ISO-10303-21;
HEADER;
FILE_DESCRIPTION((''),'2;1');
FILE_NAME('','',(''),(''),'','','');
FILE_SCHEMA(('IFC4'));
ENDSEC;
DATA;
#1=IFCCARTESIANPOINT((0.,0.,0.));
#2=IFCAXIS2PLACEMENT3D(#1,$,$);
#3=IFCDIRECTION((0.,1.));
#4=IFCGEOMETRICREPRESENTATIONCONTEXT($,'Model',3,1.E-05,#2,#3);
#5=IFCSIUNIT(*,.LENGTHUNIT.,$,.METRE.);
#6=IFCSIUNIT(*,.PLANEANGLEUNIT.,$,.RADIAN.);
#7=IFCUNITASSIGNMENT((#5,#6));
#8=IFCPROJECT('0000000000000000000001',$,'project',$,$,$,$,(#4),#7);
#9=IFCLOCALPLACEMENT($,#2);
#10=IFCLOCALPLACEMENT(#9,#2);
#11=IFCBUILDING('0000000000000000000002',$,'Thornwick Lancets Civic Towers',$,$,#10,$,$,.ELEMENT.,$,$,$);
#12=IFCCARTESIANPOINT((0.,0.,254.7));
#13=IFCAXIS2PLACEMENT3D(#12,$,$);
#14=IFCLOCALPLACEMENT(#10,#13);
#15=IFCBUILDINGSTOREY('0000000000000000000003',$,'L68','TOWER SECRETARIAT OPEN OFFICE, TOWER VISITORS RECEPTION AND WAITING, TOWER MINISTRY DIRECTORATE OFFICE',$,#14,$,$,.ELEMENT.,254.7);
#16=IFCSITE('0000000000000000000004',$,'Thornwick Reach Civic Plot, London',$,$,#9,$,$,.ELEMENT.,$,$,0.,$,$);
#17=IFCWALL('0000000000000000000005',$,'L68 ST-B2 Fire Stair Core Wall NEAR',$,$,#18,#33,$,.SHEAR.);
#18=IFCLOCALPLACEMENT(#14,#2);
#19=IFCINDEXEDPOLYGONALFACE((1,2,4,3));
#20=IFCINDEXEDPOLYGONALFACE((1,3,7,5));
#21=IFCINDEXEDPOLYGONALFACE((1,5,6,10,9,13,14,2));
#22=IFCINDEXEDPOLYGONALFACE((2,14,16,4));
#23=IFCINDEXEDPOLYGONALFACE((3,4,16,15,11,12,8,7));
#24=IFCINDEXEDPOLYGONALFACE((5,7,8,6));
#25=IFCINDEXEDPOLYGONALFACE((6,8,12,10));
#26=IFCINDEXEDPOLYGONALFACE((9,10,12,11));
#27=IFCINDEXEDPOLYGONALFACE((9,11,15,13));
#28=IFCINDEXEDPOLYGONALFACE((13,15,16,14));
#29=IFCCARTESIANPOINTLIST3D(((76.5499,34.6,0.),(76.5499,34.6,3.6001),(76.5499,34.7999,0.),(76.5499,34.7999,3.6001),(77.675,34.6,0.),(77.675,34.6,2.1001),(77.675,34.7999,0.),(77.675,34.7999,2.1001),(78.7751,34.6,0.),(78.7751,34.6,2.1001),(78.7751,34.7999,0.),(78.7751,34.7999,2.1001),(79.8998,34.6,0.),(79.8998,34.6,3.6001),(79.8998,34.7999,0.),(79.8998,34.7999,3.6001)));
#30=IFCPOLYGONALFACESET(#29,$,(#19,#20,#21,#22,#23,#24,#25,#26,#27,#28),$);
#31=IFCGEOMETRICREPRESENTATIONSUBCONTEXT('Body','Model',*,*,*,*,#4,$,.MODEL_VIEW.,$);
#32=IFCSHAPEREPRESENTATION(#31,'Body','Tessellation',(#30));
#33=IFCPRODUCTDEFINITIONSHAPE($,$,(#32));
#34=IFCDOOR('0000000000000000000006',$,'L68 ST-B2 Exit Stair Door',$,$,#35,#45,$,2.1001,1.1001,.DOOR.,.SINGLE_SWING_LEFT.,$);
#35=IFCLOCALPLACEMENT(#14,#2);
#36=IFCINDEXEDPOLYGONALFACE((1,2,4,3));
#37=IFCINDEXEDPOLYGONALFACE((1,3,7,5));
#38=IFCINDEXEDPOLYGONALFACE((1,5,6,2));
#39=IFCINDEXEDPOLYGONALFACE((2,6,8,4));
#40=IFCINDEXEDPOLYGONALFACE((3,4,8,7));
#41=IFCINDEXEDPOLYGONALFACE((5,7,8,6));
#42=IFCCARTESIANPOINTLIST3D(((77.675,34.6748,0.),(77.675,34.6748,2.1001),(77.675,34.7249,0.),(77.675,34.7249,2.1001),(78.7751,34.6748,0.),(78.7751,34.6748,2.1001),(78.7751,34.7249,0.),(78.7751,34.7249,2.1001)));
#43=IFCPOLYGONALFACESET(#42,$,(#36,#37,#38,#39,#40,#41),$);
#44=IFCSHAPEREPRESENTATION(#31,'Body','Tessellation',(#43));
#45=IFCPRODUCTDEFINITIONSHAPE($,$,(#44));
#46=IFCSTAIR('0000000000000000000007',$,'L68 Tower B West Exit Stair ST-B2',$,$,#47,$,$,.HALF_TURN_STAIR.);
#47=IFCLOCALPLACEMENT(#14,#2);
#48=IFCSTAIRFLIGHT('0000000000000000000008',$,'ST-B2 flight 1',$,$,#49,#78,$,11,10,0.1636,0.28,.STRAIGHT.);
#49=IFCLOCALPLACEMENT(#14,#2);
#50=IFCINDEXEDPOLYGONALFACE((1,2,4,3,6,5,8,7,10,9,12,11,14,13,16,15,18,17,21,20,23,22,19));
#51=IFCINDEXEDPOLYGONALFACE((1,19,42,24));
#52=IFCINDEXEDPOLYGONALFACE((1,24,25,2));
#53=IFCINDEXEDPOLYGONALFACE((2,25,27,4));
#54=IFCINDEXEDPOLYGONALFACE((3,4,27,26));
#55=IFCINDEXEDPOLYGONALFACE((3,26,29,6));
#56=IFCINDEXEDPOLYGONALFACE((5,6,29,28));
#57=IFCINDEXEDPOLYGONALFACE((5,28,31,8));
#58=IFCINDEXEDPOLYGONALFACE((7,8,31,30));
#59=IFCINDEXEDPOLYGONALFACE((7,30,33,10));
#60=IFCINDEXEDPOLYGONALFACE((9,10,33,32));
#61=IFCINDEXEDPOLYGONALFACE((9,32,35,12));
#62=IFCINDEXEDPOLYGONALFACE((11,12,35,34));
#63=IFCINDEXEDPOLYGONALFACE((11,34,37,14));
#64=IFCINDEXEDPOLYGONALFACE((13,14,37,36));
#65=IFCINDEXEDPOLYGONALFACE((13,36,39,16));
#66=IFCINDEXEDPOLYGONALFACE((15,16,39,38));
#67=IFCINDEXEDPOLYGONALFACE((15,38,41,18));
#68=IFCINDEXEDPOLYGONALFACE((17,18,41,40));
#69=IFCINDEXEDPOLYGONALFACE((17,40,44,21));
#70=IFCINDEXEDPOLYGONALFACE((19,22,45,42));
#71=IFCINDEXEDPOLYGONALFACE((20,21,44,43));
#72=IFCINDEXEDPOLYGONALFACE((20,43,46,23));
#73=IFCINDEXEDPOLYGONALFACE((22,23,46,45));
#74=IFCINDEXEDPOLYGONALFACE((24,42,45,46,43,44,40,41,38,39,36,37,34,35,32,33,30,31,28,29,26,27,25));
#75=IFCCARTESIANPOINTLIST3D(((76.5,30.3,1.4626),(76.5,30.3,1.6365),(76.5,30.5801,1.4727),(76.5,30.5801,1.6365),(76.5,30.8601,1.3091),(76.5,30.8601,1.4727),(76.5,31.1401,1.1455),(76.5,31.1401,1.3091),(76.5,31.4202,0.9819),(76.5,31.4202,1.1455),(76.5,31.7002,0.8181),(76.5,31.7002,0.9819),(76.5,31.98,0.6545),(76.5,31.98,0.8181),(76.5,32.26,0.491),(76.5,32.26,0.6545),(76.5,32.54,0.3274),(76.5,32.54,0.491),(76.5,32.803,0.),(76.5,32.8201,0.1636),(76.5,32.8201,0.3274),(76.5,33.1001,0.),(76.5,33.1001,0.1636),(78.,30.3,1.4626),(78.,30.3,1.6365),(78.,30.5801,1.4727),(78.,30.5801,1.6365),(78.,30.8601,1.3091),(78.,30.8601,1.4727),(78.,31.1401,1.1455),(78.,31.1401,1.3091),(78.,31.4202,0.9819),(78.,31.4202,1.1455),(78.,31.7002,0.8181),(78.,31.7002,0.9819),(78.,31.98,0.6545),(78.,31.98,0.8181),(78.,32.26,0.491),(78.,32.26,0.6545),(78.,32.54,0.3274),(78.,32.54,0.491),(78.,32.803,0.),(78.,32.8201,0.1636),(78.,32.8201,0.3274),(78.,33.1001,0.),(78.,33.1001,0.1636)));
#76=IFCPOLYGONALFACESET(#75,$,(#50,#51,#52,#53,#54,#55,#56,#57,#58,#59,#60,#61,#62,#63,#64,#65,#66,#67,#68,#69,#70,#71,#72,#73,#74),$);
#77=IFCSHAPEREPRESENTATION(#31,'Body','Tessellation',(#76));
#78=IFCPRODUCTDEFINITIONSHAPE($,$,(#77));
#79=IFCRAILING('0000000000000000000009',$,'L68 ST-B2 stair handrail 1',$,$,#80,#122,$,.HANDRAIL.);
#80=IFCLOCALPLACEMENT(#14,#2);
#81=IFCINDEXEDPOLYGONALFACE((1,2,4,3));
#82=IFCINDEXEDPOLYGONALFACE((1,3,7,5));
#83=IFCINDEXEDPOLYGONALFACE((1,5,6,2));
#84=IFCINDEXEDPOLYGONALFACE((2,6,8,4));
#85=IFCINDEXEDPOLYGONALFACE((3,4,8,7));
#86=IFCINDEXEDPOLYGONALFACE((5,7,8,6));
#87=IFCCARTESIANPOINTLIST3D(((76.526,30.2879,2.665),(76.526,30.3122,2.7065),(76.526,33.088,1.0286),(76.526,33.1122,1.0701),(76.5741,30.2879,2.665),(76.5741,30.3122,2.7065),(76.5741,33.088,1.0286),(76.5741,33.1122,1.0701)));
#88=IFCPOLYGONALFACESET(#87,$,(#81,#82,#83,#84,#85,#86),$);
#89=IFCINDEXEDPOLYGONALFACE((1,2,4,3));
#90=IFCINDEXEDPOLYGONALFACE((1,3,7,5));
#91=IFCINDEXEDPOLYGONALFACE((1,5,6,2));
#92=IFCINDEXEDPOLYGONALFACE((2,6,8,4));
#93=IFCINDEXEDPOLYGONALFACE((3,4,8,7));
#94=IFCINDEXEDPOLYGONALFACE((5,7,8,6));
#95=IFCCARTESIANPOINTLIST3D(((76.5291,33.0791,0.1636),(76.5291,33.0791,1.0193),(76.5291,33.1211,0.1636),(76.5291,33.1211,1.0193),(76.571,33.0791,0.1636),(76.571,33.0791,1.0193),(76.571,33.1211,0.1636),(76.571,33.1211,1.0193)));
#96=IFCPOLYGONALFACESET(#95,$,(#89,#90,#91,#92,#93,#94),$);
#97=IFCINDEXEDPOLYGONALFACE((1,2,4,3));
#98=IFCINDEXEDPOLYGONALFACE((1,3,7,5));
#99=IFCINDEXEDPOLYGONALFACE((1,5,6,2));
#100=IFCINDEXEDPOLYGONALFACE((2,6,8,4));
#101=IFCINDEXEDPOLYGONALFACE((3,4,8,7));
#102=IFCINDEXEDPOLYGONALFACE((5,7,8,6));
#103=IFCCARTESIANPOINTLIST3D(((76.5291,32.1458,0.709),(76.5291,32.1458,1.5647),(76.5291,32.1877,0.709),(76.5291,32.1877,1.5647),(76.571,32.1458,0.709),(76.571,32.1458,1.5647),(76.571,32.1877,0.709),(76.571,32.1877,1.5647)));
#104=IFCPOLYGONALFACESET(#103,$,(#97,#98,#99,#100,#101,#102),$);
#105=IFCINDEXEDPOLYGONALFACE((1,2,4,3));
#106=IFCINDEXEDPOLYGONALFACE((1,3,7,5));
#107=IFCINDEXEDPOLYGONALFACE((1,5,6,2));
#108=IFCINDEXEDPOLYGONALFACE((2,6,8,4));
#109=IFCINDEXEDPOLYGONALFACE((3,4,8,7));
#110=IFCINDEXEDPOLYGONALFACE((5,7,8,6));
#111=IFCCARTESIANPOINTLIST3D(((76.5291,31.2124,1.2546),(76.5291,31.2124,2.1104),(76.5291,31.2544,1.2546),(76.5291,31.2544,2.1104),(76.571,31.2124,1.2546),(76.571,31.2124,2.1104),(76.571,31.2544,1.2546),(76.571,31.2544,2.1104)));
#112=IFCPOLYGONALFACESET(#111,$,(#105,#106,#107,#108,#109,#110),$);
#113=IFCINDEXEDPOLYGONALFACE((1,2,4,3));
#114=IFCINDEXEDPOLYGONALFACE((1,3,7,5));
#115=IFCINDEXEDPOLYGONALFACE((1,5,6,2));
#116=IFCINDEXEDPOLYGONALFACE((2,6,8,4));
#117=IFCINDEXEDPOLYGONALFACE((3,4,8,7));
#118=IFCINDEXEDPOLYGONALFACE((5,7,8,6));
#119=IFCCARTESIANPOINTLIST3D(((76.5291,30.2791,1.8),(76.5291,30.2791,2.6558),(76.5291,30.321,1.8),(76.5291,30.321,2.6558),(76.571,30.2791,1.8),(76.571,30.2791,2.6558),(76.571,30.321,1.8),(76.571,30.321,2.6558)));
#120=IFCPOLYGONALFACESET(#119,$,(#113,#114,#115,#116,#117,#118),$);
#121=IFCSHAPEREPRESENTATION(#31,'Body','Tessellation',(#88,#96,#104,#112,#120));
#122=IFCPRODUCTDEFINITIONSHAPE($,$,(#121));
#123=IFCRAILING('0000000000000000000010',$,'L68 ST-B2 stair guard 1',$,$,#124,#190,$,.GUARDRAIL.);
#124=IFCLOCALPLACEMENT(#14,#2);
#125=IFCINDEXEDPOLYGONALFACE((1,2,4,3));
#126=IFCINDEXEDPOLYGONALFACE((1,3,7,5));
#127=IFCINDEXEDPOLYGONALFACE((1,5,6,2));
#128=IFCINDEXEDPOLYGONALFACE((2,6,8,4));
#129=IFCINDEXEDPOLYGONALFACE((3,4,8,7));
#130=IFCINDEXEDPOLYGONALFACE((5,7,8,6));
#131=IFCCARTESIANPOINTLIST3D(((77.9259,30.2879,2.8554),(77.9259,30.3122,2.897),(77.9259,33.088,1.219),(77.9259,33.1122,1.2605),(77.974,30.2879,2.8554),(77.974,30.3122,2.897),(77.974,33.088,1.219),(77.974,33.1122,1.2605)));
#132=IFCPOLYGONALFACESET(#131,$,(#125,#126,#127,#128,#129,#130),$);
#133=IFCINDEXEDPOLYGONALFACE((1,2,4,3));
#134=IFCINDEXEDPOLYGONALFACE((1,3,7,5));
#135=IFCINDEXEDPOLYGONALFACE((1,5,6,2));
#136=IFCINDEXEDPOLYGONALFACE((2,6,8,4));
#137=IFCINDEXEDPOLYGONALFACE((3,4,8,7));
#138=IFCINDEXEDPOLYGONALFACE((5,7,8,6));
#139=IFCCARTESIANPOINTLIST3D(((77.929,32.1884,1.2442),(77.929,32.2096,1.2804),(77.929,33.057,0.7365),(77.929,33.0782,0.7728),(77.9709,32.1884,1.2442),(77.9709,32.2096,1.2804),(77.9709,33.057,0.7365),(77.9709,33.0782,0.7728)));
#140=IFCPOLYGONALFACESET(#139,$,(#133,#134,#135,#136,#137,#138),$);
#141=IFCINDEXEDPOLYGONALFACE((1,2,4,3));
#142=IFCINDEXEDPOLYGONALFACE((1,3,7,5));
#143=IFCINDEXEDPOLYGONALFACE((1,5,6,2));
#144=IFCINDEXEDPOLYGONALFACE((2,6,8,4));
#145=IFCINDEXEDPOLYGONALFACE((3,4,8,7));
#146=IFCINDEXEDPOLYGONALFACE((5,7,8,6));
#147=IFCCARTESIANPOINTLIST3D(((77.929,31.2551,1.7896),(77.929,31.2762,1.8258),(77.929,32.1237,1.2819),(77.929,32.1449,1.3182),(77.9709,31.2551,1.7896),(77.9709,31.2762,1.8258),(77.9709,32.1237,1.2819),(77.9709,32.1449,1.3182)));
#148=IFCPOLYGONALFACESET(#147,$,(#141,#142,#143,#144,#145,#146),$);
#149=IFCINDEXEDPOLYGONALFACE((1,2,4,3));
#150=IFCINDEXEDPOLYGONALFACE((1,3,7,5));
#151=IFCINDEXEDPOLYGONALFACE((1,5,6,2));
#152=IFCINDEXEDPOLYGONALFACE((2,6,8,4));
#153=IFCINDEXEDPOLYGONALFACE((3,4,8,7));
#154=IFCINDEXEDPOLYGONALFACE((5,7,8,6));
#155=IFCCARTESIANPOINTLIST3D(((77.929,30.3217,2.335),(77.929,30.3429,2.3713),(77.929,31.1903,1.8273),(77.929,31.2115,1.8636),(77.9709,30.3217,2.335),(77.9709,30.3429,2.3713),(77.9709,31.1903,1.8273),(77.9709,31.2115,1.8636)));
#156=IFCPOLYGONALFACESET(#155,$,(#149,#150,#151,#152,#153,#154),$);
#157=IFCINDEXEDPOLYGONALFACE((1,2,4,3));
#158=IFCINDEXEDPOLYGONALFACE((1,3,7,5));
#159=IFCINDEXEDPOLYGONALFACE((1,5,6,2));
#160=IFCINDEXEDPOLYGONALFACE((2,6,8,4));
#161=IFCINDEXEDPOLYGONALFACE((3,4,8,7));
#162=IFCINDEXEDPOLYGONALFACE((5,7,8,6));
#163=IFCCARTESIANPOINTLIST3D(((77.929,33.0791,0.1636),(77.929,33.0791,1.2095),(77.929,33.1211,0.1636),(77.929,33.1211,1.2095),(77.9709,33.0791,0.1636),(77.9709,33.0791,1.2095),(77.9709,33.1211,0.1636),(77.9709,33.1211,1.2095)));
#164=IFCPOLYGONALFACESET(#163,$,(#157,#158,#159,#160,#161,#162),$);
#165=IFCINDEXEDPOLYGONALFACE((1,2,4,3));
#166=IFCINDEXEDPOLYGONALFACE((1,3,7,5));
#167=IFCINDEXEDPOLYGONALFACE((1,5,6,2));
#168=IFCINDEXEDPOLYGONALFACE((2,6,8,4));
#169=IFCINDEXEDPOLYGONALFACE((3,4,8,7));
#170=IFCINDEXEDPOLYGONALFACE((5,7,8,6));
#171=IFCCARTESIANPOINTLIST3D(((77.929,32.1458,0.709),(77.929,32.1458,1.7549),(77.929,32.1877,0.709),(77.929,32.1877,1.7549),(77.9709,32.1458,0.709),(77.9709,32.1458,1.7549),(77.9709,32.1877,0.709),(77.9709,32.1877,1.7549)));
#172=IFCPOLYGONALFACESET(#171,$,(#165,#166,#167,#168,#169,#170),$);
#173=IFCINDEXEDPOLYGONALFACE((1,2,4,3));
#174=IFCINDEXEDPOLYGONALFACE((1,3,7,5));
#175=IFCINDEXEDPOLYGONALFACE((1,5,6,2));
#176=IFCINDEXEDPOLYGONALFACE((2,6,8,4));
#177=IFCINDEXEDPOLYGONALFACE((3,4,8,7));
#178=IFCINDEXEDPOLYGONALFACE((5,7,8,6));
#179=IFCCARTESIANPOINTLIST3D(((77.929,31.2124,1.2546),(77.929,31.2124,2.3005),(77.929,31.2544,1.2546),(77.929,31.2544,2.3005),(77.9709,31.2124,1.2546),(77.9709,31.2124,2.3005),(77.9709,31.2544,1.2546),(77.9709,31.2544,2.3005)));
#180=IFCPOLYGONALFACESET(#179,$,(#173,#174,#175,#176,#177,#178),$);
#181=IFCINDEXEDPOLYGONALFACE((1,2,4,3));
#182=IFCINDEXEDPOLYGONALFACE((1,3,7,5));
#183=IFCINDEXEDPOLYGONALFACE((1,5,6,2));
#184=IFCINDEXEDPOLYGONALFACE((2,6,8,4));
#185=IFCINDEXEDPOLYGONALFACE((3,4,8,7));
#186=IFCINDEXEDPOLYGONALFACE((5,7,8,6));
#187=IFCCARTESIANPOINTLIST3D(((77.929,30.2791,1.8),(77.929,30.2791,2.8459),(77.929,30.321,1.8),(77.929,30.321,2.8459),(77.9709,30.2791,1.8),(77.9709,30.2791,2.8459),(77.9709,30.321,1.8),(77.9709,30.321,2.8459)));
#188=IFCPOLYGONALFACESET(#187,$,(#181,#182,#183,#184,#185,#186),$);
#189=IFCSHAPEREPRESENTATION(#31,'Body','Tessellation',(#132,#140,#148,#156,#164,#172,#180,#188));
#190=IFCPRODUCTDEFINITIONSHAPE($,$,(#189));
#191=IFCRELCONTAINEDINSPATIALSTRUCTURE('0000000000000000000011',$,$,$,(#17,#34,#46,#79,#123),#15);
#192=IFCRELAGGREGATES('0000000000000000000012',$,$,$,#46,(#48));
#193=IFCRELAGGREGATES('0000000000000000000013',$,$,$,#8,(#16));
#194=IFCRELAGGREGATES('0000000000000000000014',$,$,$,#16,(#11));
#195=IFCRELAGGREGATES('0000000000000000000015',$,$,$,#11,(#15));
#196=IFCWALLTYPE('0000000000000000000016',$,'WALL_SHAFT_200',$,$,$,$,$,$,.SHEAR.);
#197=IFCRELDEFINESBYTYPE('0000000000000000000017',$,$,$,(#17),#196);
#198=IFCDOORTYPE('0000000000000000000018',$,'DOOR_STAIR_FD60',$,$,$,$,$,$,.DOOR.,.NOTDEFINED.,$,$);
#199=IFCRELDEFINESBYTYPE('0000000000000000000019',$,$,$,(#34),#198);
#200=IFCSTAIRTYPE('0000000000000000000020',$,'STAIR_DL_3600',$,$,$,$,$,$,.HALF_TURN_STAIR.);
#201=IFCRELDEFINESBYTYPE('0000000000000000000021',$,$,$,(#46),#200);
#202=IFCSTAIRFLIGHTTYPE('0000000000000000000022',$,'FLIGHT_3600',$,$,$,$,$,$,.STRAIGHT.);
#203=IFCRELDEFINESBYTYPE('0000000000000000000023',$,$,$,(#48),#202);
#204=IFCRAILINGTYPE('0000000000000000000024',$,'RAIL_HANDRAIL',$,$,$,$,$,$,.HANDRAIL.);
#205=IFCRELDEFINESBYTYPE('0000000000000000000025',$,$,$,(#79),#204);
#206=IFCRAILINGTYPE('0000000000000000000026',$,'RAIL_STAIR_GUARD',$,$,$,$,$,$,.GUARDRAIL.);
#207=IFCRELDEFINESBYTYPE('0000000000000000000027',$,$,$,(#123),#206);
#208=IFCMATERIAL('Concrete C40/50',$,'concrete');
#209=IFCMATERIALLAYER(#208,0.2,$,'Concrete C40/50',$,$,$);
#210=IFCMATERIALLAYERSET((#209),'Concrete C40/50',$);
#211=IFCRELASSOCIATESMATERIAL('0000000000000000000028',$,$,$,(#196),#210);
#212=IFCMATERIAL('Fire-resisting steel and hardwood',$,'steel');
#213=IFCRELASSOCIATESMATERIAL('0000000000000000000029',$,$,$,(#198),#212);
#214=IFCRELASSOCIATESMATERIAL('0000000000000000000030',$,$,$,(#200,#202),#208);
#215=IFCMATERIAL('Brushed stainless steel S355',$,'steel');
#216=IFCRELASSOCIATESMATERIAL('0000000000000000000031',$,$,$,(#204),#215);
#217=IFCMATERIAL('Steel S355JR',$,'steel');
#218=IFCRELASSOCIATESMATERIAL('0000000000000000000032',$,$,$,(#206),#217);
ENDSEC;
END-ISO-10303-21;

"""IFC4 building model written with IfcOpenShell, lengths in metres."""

from ifc_helpers import new_model, si_unit, direction, frame, frame_2d, origin, origin_2d, place, context, subcontext, project, spatial, polyline, rectangle, outline, extrude, material, layer, layer_set, type_object, element, fill, aggregate, save


model = new_model("IFC4")

# Units and contexts
model_context = context("Model", 3, precision=1e-05, world=origin(), true_north=direction((0.0, 1.0)))
body_context = subcontext(model_context, "Body", "Model", "MODEL_VIEW")
ifc_project = project(units=[si_unit("LENGTHUNIT", "METRE"), si_unit("PLANEANGLEUNIT", "RADIAN")], contexts=[model_context])

# Site, building, storey
site_placement = place(None, origin())
site = spatial("IfcSite", under=ifc_project, at=site_placement, Name="Thornwick Reach Civic Plot, London", CompositionType="ELEMENT", RefElevation=0.0)
building_placement = place(site_placement, origin())
building = spatial("IfcBuilding", under=site, at=building_placement, Name="Thornwick Lancets Civic Towers", CompositionType="ELEMENT")
storey_placement = place(building_placement, frame((0.0, 0.0, 254.7)))
storey = spatial("IfcBuildingStorey", under=building, at=storey_placement, Name="L68", Description="TOWER SECRETARIAT OPEN OFFICE, TOWER VISITORS RECEPTION AND WAITING, TOWER MINISTRY DIRECTORATE OFFICE", CompositionType="ELEMENT", Elevation=254.7)

# Shared definitions
ifc_material_1 = material(Name="Steel S355JR", Category="steel")

# Shared definitions
ifc_material_2 = material(Name="Concrete C40/50", Category="concrete")

# Wall, opening, door
ifc_layer_1 = layer(ifc_material_2, 0.2, Name="Concrete C40/50")
ifc_layer_set_1 = layer_set([ifc_layer_1], Name="Concrete C40/50")
wall_type_1 = type_object("IfcWallType", Name="WALL_SHAFT_200", PredefinedType="SHEAR", material=ifc_layer_set_1)
wall_1_placement = place(storey_placement, frame((76.55, 34.7, 0.0), z_axis=(0.0, 0.0, 1.0), x_axis=(1.0, 0.0, 0.0)))
wall_1 = element("IfcWall", 1, at=wall_1_placement, inside=storey, type_object=wall_type_1, Name="L68 ST-B2 Fire Stair Core Wall NEAR", PredefinedType="SHEAR", context=body_context, shape_type="SweptSolid", body=[
    extrude(rectangle(XDim=3.3499, YDim=0.2, at=frame_2d((1.6748, 0.0))), origin(), (0.0, 0.0, 1.0), 3.6001),
])
opening_1_placement = place(wall_1_placement, frame((1.125, 0.0, 0.0)))
opening_1 = element("IfcOpeningElement", 2, at=opening_1_placement, cuts=wall_1, PredefinedType="OPENING", context=body_context, shape_type="SweptSolid", body=[
    extrude(rectangle(XDim=1.1001, YDim=2.1001, at=frame_2d((0.55, 1.05))), frame((0.0, 0.1099, 0.0), z_axis=(0.0, -1.0, 0.0), x_axis=(1.0, 0.0, 0.0)), (0.0, 0.0, 1.0), 0.22),
])
ifc_material_3 = material(Name="Fire-resisting steel and hardwood", Category="steel")
door_type = type_object("IfcDoorType", Name="DOOR_STAIR_FD60", OperationType="NOTDEFINED", PredefinedType="DOOR", material=ifc_material_3)
door_placement = place(opening_1_placement, origin())
door = element("IfcDoor", 3, at=door_placement, inside=storey, type_object=door_type, Name="L68 ST-B2 Exit Stair Door", OperationType="SINGLE_SWING_LEFT", OverallHeight=2.1001, OverallWidth=1.1001, PredefinedType="DOOR", context=body_context, shape_type="SweptSolid", body=[
    extrude(rectangle(XDim=1.1001, YDim=2.1001, at=frame_2d((0.55, 1.05))), frame((0.0, 0.0249, 0.0), z_axis=(0.0, -1.0, 0.0), x_axis=(1.0, 0.0, 0.0)), (0.0, 0.0, 1.0), 0.05),
])
fill(opening_1, door)

# Stair, stair flight
stair_type = type_object("IfcStairType", Name="STAIR_DL_3600", PredefinedType="HALF_TURN_STAIR", material=ifc_material_2)
stair_placement = place(storey_placement, origin())
stair = element("IfcStair", 4, at=stair_placement, inside=storey, type_object=stair_type, Name="L68 Tower B West Exit Stair ST-B2", PredefinedType="HALF_TURN_STAIR")
stair_flight_type = type_object("IfcStairFlightType", Name="FLIGHT_3600", PredefinedType="STRAIGHT", material=ifc_material_2)
stair_flight_placement = place(storey_placement, frame((77.25, 33.1001, 0.0), z_axis=(0.0, 0.0, 1.0), x_axis=(0.0, -1.0, 0.0)))
stair_flight = element("IfcStairFlight", 5, at=stair_flight_placement, type_object=stair_flight_type, Name="ST-B2 flight 1", NumberOfRisers=11, NumberOfTreads=10, PredefinedType="STRAIGHT", RiserHeight=0.1636, TreadLength=0.28, context=body_context, shape_type="SweptSolid", body=[
    extrude(outline(polyline([(0.0, 0.0), (0.0, 0.1636), (0.28, 0.1636), (0.28, 0.3274), (0.5601, 0.3274), (0.5601, 0.491), (0.8401, 0.491), (0.8401, 0.6545), (1.1201, 0.6545), (1.1201, 0.8181), (1.3999, 0.8181), (1.3999, 0.9819), (1.6799, 0.9819), (1.6799, 1.1455), (1.96, 1.1455), (1.96, 1.3091), (2.24, 1.3091), (2.24, 1.4727), (2.52, 1.4727), (2.52, 1.6365), (2.8, 1.6365), (2.8, 1.8), (2.8, 1.4626), (0.2971, 0.0), (0.0, 0.0)])), frame((0.0, 0.75, 0.0), z_axis=(0.0, -1.0, 0.0), x_axis=(1.0, 0.0, 0.0)), (0.0, 0.0, 1.0), 1.5),
])
aggregate(stair, [stair_flight])

# Railings
ifc_material_4 = material(Name="Brushed stainless steel S355", Category="steel")
railing_type_1 = type_object("IfcRailingType", Name="RAIL_HANDRAIL", PredefinedType="HANDRAIL", material=ifc_material_4)
railing_1_placement = place(storey_placement, frame((76.55, 33.1001, 0.1636)))
element("IfcRailing", 6, at=railing_1_placement, inside=storey, type_object=railing_type_1, Name="L68 ST-B2 stair handrail 1", PredefinedType="HANDRAIL", context=body_context, shape_type="SweptSolid", body=[
    extrude(rectangle(XDim=0.0481, YDim=0.0481, at=origin_2d()), frame((0.0, 0.0, 0.8857), z_axis=(0.0, -0.863361, 0.504587), x_axis=(1.0, 0.0, 0.0)), (0.0, 0.0, 1.0), 3.2432),
    extrude(rectangle(XDim=0.042, YDim=0.042, at=origin_2d()), origin(), (0.0, 0.0, 1.0), 0.8557),
    extrude(rectangle(XDim=0.042, YDim=0.042, at=origin_2d()), frame((0.0, -0.9333, 0.5454)), (0.0, 0.0, 1.0), 0.8557),
    extrude(rectangle(XDim=0.042, YDim=0.042, at=origin_2d()), frame((0.0, -1.8667, 1.0911)), (0.0, 0.0, 1.0), 0.8557),
    extrude(rectangle(XDim=0.042, YDim=0.042, at=origin_2d()), frame((0.0, -2.8, 1.6365)), (0.0, 0.0, 1.0), 0.8557),
])
railing_type_2 = type_object("IfcRailingType", Name="RAIL_STAIR_GUARD", PredefinedType="GUARDRAIL", material=ifc_material_1)
railing_2_placement = place(storey_placement, frame((77.95, 33.1001, 0.1636)))
element("IfcRailing", 7, at=railing_2_placement, inside=storey, type_object=railing_type_2, Name="L68 ST-B2 stair guard 1", PredefinedType="GUARDRAIL", context=body_context, shape_type="SweptSolid", body=[
    extrude(rectangle(XDim=0.0481, YDim=0.0481, at=origin_2d()), frame((0.0, 0.0, 1.0762), z_axis=(0.0, -0.863361, 0.504587), x_axis=(1.0, 0.0, 0.0)), (0.0, 0.0, 1.0), 3.2432),
    extrude(rectangle(XDim=0.042, YDim=0.042, at=origin_2d()), frame((0.0, -0.0325, 0.5911), z_axis=(0.0, -0.863361, 0.504587), x_axis=(1.0, 0.0, 0.0)), (0.0, 0.0, 1.0), 1.0061),
    extrude(rectangle(XDim=0.042, YDim=0.042, at=origin_2d()), frame((0.0, -0.9658, 1.1365), z_axis=(0.0, -0.863361, 0.504587), x_axis=(1.0, 0.0, 0.0)), (0.0, 0.0, 1.0), 1.0061),
    extrude(rectangle(XDim=0.042, YDim=0.042, at=origin_2d()), frame((0.0, -1.8992, 1.6819), z_axis=(0.0, -0.863361, 0.504587), x_axis=(1.0, 0.0, 0.0)), (0.0, 0.0, 1.0), 1.0061),
    extrude(rectangle(XDim=0.042, YDim=0.042, at=origin_2d()), origin(), (0.0, 0.0, 1.0), 1.0459),
    extrude(rectangle(XDim=0.042, YDim=0.042, at=origin_2d()), frame((0.0, -0.9333, 0.5454)), (0.0, 0.0, 1.0), 1.0459),
    extrude(rectangle(XDim=0.042, YDim=0.042, at=origin_2d()), frame((0.0, -1.8667, 1.0911)), (0.0, 0.0, 1.0), 1.0459),
    extrude(rectangle(XDim=0.042, YDim=0.042, at=origin_2d()), frame((0.0, -2.8, 1.6365)), (0.0, 0.0, 1.0), 1.0459),
])

save(model, "model.ifc")
